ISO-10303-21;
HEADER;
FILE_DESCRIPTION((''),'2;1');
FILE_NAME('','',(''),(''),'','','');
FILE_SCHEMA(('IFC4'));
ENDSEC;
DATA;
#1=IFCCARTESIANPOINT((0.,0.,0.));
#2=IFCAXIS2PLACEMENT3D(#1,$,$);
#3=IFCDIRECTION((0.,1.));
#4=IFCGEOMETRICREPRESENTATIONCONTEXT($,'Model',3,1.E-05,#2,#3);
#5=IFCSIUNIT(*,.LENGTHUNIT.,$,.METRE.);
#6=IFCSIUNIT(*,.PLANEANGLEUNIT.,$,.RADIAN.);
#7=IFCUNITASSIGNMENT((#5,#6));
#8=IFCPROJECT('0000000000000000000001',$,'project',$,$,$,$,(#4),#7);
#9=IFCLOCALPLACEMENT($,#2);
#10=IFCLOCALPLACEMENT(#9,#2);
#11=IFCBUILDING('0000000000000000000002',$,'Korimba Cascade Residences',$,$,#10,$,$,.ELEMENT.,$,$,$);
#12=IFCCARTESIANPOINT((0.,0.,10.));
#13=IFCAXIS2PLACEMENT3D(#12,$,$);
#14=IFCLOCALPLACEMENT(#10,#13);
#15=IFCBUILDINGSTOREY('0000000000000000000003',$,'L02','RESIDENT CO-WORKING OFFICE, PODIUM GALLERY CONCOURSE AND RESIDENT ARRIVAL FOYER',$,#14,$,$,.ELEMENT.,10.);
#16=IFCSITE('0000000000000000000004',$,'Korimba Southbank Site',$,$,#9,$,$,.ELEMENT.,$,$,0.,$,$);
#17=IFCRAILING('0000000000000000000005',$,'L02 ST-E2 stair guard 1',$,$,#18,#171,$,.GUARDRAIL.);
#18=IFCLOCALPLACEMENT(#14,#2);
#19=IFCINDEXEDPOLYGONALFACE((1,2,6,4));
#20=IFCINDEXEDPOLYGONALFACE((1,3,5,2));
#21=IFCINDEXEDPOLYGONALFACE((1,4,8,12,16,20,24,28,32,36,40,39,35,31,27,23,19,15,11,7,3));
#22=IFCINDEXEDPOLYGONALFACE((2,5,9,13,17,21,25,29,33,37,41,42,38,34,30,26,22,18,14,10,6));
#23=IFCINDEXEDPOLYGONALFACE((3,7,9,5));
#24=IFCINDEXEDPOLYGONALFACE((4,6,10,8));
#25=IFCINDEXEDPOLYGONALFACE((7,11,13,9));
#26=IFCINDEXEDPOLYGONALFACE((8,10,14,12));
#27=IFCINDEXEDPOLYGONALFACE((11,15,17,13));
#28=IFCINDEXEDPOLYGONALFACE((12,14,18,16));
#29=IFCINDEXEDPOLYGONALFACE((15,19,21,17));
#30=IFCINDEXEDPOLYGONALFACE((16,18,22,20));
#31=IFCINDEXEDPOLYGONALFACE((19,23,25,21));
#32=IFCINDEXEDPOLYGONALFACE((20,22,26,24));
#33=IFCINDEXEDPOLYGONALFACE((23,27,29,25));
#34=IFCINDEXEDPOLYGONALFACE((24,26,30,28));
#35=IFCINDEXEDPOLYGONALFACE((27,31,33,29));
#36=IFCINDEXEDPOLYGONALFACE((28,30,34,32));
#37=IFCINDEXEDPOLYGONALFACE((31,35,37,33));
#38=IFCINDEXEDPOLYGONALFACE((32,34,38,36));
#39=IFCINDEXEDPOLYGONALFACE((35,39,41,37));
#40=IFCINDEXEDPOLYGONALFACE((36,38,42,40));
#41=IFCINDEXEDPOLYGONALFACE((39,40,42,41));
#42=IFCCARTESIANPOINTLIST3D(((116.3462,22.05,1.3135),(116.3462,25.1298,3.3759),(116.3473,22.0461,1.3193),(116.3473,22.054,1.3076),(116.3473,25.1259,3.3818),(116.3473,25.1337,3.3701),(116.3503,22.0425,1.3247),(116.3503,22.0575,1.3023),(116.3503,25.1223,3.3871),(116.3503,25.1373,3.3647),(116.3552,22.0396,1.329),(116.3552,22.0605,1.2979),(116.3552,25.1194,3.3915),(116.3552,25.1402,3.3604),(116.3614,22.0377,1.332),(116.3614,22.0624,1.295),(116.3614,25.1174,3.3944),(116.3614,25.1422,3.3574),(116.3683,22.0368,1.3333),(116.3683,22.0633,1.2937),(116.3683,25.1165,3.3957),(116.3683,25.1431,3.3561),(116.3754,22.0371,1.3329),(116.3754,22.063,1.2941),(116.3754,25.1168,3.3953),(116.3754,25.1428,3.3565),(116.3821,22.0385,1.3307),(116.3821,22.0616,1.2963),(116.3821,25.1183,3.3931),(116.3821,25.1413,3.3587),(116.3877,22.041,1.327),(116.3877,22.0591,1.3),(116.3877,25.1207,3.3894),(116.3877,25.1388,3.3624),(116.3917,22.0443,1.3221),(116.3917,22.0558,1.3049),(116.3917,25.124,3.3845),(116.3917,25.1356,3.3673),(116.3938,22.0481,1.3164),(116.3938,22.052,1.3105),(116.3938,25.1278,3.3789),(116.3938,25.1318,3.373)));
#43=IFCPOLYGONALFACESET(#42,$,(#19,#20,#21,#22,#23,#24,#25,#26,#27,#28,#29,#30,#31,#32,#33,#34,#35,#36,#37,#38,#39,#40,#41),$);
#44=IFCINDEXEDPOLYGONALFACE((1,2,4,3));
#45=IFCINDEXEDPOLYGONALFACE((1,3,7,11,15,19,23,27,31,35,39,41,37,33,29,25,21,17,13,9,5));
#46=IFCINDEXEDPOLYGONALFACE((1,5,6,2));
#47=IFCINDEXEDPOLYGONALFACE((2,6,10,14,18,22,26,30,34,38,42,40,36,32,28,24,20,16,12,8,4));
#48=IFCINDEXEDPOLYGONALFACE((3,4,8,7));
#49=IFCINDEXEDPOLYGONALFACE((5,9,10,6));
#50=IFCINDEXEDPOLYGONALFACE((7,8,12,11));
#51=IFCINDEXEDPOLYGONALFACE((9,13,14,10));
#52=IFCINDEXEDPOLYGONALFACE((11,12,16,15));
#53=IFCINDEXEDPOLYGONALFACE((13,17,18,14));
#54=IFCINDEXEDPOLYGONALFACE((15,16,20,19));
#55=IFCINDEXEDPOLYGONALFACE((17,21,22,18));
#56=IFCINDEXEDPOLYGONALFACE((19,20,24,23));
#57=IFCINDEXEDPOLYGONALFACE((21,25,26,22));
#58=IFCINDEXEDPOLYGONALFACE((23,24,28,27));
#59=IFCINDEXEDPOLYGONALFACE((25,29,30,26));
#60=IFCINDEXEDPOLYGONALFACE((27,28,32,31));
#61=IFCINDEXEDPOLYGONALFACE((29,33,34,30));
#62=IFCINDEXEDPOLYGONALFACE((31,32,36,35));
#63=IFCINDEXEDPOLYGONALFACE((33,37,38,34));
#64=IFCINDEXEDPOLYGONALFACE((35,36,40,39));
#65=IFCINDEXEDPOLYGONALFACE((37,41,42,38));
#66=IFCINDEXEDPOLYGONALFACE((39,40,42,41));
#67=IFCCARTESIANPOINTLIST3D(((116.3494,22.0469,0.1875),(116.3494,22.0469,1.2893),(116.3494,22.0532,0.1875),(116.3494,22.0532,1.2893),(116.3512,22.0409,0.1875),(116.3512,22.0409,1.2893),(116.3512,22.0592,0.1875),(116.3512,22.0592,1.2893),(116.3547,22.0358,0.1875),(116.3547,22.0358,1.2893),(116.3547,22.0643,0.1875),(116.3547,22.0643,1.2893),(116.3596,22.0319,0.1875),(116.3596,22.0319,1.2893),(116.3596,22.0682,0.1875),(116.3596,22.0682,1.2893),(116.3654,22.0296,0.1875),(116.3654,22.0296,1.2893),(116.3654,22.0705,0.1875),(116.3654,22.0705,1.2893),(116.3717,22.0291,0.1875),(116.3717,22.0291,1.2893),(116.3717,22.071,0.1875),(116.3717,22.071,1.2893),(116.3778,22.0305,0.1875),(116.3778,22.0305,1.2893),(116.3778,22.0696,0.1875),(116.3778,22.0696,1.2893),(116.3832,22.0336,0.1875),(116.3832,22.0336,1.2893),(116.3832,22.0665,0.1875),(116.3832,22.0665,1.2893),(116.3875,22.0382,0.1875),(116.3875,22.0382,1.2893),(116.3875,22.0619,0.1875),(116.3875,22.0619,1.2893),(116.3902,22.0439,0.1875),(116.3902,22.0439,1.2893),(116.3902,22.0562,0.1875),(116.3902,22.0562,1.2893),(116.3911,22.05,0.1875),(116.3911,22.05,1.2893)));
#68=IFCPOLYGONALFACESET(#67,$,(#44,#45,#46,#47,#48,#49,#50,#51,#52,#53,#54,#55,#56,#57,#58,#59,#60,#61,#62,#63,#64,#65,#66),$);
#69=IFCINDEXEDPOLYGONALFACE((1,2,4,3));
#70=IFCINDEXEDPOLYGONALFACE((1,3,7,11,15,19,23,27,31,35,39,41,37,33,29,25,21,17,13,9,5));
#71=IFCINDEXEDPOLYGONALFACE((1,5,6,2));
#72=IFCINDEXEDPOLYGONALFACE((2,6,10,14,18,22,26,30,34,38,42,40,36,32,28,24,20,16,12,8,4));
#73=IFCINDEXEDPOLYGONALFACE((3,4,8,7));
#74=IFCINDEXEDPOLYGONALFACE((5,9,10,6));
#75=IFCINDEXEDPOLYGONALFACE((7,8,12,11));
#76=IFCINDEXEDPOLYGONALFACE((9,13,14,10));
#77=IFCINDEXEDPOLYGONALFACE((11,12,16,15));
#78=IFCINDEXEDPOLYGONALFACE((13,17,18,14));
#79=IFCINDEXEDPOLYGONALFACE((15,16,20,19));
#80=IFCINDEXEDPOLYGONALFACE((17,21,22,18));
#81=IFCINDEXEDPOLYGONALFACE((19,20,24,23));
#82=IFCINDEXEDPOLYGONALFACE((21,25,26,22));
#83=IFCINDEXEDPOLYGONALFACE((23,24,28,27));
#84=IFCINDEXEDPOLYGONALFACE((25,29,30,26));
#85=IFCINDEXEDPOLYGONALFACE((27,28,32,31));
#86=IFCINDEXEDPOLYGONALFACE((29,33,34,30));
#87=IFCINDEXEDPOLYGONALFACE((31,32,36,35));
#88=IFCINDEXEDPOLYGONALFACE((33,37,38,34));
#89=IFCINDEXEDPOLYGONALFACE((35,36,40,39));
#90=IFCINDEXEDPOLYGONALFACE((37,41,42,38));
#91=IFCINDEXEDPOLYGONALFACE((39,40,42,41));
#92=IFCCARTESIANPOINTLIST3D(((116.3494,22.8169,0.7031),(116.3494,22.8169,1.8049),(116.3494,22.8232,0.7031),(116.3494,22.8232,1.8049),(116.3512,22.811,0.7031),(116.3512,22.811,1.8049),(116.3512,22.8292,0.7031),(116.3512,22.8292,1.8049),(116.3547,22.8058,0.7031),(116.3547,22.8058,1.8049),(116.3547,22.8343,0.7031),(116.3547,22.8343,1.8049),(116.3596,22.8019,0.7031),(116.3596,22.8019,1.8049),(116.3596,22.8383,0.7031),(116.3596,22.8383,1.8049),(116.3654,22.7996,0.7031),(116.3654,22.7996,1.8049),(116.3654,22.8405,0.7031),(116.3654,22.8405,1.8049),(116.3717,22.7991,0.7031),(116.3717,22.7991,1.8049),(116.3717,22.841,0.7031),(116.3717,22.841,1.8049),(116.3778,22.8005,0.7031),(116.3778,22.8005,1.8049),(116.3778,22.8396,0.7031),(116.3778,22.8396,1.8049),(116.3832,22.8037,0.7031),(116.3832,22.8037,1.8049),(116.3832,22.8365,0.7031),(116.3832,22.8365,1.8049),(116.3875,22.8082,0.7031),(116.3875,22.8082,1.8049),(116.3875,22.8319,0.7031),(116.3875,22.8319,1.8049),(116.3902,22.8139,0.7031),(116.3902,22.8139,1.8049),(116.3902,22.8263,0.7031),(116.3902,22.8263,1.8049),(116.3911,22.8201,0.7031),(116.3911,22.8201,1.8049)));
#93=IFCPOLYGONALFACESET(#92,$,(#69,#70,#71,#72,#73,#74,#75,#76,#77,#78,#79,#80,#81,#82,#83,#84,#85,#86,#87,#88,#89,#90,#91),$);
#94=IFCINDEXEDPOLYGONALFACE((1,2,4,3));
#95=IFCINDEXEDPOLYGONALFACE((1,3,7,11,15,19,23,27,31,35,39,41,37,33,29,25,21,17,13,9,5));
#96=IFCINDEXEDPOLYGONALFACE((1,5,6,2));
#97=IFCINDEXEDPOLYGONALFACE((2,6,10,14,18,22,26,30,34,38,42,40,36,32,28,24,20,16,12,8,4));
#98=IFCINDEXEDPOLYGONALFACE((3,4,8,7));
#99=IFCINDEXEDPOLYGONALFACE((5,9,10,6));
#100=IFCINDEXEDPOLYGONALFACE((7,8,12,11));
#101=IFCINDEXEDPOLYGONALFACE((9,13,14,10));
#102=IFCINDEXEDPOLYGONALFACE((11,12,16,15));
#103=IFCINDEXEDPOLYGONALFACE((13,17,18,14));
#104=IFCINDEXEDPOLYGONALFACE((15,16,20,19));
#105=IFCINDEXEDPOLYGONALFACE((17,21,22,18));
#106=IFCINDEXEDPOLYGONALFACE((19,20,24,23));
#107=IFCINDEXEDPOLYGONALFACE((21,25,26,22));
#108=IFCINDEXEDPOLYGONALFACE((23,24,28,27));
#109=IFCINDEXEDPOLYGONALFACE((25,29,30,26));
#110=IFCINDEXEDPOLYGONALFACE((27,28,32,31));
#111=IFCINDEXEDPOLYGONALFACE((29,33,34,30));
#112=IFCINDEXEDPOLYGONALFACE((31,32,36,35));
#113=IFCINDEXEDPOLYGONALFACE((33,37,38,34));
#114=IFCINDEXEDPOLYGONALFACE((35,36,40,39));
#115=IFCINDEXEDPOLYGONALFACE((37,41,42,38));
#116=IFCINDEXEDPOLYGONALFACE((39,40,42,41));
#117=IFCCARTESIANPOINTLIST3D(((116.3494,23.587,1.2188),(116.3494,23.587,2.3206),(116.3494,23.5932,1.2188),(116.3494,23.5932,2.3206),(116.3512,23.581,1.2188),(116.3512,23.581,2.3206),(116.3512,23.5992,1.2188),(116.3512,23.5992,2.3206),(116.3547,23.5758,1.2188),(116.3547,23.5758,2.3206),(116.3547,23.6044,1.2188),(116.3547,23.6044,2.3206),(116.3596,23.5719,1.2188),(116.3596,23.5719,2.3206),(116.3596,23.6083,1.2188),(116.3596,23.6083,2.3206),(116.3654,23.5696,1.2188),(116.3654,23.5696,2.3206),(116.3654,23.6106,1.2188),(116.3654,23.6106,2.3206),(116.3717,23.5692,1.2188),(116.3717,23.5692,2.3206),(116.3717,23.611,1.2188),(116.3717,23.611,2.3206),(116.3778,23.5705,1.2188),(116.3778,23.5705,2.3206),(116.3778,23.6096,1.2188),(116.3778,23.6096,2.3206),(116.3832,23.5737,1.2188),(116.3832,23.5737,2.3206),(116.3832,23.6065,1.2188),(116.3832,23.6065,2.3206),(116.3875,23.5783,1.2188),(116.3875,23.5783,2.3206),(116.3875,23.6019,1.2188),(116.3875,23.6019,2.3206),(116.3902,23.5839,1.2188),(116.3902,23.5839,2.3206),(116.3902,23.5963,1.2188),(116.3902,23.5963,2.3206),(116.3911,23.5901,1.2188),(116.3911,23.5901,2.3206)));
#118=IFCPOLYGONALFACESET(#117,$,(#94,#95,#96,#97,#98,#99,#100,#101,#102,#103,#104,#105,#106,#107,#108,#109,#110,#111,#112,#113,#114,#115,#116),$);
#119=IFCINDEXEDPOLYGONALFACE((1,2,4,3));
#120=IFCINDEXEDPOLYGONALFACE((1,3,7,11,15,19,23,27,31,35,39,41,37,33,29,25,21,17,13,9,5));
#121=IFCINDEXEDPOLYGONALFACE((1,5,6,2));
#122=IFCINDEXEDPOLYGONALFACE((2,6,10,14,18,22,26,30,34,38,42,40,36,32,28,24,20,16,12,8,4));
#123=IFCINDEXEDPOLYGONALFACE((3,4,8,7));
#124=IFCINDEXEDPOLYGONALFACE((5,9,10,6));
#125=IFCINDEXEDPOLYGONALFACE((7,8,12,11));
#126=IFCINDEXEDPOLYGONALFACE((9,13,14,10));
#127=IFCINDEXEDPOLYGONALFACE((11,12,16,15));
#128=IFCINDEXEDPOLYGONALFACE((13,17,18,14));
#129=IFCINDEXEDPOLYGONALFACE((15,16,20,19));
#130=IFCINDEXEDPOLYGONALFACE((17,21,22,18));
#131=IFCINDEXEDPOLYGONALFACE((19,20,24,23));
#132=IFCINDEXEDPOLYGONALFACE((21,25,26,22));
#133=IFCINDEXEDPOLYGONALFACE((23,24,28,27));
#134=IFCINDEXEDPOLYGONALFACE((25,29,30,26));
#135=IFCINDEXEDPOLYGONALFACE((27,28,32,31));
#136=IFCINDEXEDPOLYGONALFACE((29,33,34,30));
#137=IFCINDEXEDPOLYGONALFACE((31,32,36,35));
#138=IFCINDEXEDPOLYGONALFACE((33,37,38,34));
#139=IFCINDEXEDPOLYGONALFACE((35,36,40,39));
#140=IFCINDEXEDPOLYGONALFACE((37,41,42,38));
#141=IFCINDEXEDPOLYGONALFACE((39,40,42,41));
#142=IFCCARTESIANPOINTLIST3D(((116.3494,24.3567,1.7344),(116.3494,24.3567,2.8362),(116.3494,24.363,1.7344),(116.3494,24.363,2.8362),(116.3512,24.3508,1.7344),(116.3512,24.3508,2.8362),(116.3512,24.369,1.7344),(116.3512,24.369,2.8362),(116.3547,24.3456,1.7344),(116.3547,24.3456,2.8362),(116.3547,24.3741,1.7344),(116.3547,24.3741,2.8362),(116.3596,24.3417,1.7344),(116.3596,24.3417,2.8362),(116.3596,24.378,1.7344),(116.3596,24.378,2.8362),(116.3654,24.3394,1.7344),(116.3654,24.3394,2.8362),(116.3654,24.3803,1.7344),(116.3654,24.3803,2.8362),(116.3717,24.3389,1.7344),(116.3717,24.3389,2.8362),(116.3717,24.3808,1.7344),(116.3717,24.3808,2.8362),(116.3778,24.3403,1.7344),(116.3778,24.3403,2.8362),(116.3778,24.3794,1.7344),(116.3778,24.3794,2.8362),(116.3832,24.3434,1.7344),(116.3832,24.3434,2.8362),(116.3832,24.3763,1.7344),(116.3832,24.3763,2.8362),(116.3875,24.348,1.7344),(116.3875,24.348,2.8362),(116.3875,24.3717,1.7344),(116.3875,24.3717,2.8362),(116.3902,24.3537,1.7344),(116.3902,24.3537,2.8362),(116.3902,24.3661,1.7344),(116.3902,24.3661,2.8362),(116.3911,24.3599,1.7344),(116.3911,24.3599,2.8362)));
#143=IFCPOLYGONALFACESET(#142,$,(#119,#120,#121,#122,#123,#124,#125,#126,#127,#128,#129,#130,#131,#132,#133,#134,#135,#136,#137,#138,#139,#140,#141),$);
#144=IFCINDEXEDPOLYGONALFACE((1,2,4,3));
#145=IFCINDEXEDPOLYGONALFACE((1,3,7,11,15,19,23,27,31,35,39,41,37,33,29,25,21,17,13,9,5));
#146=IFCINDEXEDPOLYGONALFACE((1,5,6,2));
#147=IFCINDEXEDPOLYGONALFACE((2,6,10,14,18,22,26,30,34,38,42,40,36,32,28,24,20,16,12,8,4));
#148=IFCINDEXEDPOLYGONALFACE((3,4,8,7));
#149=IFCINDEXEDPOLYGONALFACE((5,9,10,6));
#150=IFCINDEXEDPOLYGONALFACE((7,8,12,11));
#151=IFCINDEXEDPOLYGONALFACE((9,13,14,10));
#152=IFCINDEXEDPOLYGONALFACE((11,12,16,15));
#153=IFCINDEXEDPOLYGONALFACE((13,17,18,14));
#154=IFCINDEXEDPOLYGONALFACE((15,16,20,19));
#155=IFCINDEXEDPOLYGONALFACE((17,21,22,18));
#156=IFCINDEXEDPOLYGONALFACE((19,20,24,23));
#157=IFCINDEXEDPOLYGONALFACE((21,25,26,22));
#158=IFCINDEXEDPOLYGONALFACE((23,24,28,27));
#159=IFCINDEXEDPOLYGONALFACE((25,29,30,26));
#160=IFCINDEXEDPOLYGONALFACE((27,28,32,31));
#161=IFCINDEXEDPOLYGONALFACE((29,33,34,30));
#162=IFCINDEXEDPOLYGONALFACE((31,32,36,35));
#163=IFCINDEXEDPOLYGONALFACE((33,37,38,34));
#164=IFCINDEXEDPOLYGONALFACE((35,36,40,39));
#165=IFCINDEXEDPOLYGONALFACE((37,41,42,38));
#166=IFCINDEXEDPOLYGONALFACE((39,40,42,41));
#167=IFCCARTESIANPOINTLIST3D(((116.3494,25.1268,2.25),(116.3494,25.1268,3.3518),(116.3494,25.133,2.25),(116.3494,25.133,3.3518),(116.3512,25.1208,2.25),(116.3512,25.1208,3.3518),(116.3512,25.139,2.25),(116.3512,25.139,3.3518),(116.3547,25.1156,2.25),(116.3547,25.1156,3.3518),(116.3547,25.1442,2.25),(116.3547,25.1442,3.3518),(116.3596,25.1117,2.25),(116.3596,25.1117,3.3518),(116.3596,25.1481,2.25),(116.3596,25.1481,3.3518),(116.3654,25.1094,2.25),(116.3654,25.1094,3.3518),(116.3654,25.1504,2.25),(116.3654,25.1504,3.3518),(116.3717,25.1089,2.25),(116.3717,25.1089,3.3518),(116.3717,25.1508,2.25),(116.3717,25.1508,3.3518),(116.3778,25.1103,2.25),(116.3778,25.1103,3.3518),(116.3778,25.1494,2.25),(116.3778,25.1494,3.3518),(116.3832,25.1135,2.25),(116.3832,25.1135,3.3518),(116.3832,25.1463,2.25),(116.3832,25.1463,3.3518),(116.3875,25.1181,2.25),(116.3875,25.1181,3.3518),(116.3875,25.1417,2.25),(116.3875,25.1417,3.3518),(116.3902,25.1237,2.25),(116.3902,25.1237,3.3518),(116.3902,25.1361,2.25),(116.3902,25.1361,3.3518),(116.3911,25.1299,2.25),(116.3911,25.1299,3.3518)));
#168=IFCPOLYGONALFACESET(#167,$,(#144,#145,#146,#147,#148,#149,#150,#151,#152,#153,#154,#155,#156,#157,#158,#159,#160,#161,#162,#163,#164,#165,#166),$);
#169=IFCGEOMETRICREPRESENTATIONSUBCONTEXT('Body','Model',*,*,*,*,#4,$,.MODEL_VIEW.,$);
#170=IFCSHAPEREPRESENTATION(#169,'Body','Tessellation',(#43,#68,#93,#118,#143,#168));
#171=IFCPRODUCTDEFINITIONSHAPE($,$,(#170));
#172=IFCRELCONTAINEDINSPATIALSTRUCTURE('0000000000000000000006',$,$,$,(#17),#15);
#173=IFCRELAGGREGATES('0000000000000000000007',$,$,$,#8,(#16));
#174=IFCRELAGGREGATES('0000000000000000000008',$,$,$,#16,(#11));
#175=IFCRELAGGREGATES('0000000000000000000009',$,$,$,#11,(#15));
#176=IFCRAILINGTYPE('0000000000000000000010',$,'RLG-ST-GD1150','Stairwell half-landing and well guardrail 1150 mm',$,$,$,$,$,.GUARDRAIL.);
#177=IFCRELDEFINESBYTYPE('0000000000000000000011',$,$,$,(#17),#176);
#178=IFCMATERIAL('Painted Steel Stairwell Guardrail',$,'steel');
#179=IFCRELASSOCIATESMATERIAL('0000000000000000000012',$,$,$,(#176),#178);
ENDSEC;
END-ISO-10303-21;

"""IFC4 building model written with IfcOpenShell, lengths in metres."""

from ifc_helpers import new_model, si_unit, direction, frame, origin, origin_2d, place, context, subcontext, project, spatial, circle, extrude, material, type_object, element, save


model = new_model("IFC4")

# Units and contexts
model_context = context("Model", 3, precision=1e-05, world=origin(), true_north=direction((0.0, 1.0)))
body_context = subcontext(model_context, "Body", "Model", "MODEL_VIEW")
ifc_project = project(units=[si_unit("LENGTHUNIT", "METRE"), si_unit("PLANEANGLEUNIT", "RADIAN")], contexts=[model_context])

# Site, building, storey
site_placement = place(None, origin())
site = spatial("IfcSite", under=ifc_project, at=site_placement, Name="Korimba Southbank Site", CompositionType="ELEMENT", RefElevation=0.0)
building_placement = place(site_placement, origin())
building = spatial("IfcBuilding", under=site, at=building_placement, Name="Korimba Cascade Residences", CompositionType="ELEMENT")
storey_placement = place(building_placement, frame((0.0, 0.0, 10.0)))
storey = spatial("IfcBuildingStorey", under=building, at=storey_placement, Name="L02", Description="RESIDENT CO-WORKING OFFICE, PODIUM GALLERY CONCOURSE AND RESIDENT ARRIVAL FOYER", CompositionType="ELEMENT", Elevation=10.0)

# Railing
ifc_material_1 = material(Name="Painted Steel Stairwell Guardrail", Category="steel")
railing_type_1 = type_object("IfcRailingType", Name="RLG-ST-GD1150", Description="Stairwell half-landing and well guardrail 1150 mm", PredefinedType="GUARDRAIL", material=ifc_material_1)
railing_1_placement = place(storey_placement, frame((116.3701, 22.05, 0.1875)))
element("IfcRailing", 1, at=railing_1_placement, inside=storey, type_object=railing_type_1, Name="L02 ST-E2 stair guard 1", PredefinedType="GUARDRAIL", context=body_context, shape_type="SweptSolid", body=[
    extrude(circle(Radius=0.0239, at=origin_2d()), frame((0.0, 0.0, 1.126), z_axis=(0.0, 0.830893, 0.556432), x_axis=(-1.0, 0.0, 0.0)), (0.0, 0.0, 1.0), 3.7065),
    extrude(circle(Radius=0.021, at=origin_2d()), origin(), (0.0, 0.0, 1.0), 1.1018),
    extrude(circle(Radius=0.021, at=origin_2d()), frame((0.0, 0.77, 0.5156)), (0.0, 0.0, 1.0), 1.1018),
    extrude(circle(Radius=0.021, at=origin_2d()), frame((0.0, 1.54, 1.0312)), (0.0, 0.0, 1.0), 1.1018),
    extrude(circle(Radius=0.021, at=origin_2d()), frame((0.0, 2.3098, 1.5469)), (0.0, 0.0, 1.0), 1.1018),
    extrude(circle(Radius=0.021, at=origin_2d()), frame((0.0, 3.0798, 2.0625)), (0.0, 0.0, 1.0), 1.1018),
])

save(model, "model.ifc")
